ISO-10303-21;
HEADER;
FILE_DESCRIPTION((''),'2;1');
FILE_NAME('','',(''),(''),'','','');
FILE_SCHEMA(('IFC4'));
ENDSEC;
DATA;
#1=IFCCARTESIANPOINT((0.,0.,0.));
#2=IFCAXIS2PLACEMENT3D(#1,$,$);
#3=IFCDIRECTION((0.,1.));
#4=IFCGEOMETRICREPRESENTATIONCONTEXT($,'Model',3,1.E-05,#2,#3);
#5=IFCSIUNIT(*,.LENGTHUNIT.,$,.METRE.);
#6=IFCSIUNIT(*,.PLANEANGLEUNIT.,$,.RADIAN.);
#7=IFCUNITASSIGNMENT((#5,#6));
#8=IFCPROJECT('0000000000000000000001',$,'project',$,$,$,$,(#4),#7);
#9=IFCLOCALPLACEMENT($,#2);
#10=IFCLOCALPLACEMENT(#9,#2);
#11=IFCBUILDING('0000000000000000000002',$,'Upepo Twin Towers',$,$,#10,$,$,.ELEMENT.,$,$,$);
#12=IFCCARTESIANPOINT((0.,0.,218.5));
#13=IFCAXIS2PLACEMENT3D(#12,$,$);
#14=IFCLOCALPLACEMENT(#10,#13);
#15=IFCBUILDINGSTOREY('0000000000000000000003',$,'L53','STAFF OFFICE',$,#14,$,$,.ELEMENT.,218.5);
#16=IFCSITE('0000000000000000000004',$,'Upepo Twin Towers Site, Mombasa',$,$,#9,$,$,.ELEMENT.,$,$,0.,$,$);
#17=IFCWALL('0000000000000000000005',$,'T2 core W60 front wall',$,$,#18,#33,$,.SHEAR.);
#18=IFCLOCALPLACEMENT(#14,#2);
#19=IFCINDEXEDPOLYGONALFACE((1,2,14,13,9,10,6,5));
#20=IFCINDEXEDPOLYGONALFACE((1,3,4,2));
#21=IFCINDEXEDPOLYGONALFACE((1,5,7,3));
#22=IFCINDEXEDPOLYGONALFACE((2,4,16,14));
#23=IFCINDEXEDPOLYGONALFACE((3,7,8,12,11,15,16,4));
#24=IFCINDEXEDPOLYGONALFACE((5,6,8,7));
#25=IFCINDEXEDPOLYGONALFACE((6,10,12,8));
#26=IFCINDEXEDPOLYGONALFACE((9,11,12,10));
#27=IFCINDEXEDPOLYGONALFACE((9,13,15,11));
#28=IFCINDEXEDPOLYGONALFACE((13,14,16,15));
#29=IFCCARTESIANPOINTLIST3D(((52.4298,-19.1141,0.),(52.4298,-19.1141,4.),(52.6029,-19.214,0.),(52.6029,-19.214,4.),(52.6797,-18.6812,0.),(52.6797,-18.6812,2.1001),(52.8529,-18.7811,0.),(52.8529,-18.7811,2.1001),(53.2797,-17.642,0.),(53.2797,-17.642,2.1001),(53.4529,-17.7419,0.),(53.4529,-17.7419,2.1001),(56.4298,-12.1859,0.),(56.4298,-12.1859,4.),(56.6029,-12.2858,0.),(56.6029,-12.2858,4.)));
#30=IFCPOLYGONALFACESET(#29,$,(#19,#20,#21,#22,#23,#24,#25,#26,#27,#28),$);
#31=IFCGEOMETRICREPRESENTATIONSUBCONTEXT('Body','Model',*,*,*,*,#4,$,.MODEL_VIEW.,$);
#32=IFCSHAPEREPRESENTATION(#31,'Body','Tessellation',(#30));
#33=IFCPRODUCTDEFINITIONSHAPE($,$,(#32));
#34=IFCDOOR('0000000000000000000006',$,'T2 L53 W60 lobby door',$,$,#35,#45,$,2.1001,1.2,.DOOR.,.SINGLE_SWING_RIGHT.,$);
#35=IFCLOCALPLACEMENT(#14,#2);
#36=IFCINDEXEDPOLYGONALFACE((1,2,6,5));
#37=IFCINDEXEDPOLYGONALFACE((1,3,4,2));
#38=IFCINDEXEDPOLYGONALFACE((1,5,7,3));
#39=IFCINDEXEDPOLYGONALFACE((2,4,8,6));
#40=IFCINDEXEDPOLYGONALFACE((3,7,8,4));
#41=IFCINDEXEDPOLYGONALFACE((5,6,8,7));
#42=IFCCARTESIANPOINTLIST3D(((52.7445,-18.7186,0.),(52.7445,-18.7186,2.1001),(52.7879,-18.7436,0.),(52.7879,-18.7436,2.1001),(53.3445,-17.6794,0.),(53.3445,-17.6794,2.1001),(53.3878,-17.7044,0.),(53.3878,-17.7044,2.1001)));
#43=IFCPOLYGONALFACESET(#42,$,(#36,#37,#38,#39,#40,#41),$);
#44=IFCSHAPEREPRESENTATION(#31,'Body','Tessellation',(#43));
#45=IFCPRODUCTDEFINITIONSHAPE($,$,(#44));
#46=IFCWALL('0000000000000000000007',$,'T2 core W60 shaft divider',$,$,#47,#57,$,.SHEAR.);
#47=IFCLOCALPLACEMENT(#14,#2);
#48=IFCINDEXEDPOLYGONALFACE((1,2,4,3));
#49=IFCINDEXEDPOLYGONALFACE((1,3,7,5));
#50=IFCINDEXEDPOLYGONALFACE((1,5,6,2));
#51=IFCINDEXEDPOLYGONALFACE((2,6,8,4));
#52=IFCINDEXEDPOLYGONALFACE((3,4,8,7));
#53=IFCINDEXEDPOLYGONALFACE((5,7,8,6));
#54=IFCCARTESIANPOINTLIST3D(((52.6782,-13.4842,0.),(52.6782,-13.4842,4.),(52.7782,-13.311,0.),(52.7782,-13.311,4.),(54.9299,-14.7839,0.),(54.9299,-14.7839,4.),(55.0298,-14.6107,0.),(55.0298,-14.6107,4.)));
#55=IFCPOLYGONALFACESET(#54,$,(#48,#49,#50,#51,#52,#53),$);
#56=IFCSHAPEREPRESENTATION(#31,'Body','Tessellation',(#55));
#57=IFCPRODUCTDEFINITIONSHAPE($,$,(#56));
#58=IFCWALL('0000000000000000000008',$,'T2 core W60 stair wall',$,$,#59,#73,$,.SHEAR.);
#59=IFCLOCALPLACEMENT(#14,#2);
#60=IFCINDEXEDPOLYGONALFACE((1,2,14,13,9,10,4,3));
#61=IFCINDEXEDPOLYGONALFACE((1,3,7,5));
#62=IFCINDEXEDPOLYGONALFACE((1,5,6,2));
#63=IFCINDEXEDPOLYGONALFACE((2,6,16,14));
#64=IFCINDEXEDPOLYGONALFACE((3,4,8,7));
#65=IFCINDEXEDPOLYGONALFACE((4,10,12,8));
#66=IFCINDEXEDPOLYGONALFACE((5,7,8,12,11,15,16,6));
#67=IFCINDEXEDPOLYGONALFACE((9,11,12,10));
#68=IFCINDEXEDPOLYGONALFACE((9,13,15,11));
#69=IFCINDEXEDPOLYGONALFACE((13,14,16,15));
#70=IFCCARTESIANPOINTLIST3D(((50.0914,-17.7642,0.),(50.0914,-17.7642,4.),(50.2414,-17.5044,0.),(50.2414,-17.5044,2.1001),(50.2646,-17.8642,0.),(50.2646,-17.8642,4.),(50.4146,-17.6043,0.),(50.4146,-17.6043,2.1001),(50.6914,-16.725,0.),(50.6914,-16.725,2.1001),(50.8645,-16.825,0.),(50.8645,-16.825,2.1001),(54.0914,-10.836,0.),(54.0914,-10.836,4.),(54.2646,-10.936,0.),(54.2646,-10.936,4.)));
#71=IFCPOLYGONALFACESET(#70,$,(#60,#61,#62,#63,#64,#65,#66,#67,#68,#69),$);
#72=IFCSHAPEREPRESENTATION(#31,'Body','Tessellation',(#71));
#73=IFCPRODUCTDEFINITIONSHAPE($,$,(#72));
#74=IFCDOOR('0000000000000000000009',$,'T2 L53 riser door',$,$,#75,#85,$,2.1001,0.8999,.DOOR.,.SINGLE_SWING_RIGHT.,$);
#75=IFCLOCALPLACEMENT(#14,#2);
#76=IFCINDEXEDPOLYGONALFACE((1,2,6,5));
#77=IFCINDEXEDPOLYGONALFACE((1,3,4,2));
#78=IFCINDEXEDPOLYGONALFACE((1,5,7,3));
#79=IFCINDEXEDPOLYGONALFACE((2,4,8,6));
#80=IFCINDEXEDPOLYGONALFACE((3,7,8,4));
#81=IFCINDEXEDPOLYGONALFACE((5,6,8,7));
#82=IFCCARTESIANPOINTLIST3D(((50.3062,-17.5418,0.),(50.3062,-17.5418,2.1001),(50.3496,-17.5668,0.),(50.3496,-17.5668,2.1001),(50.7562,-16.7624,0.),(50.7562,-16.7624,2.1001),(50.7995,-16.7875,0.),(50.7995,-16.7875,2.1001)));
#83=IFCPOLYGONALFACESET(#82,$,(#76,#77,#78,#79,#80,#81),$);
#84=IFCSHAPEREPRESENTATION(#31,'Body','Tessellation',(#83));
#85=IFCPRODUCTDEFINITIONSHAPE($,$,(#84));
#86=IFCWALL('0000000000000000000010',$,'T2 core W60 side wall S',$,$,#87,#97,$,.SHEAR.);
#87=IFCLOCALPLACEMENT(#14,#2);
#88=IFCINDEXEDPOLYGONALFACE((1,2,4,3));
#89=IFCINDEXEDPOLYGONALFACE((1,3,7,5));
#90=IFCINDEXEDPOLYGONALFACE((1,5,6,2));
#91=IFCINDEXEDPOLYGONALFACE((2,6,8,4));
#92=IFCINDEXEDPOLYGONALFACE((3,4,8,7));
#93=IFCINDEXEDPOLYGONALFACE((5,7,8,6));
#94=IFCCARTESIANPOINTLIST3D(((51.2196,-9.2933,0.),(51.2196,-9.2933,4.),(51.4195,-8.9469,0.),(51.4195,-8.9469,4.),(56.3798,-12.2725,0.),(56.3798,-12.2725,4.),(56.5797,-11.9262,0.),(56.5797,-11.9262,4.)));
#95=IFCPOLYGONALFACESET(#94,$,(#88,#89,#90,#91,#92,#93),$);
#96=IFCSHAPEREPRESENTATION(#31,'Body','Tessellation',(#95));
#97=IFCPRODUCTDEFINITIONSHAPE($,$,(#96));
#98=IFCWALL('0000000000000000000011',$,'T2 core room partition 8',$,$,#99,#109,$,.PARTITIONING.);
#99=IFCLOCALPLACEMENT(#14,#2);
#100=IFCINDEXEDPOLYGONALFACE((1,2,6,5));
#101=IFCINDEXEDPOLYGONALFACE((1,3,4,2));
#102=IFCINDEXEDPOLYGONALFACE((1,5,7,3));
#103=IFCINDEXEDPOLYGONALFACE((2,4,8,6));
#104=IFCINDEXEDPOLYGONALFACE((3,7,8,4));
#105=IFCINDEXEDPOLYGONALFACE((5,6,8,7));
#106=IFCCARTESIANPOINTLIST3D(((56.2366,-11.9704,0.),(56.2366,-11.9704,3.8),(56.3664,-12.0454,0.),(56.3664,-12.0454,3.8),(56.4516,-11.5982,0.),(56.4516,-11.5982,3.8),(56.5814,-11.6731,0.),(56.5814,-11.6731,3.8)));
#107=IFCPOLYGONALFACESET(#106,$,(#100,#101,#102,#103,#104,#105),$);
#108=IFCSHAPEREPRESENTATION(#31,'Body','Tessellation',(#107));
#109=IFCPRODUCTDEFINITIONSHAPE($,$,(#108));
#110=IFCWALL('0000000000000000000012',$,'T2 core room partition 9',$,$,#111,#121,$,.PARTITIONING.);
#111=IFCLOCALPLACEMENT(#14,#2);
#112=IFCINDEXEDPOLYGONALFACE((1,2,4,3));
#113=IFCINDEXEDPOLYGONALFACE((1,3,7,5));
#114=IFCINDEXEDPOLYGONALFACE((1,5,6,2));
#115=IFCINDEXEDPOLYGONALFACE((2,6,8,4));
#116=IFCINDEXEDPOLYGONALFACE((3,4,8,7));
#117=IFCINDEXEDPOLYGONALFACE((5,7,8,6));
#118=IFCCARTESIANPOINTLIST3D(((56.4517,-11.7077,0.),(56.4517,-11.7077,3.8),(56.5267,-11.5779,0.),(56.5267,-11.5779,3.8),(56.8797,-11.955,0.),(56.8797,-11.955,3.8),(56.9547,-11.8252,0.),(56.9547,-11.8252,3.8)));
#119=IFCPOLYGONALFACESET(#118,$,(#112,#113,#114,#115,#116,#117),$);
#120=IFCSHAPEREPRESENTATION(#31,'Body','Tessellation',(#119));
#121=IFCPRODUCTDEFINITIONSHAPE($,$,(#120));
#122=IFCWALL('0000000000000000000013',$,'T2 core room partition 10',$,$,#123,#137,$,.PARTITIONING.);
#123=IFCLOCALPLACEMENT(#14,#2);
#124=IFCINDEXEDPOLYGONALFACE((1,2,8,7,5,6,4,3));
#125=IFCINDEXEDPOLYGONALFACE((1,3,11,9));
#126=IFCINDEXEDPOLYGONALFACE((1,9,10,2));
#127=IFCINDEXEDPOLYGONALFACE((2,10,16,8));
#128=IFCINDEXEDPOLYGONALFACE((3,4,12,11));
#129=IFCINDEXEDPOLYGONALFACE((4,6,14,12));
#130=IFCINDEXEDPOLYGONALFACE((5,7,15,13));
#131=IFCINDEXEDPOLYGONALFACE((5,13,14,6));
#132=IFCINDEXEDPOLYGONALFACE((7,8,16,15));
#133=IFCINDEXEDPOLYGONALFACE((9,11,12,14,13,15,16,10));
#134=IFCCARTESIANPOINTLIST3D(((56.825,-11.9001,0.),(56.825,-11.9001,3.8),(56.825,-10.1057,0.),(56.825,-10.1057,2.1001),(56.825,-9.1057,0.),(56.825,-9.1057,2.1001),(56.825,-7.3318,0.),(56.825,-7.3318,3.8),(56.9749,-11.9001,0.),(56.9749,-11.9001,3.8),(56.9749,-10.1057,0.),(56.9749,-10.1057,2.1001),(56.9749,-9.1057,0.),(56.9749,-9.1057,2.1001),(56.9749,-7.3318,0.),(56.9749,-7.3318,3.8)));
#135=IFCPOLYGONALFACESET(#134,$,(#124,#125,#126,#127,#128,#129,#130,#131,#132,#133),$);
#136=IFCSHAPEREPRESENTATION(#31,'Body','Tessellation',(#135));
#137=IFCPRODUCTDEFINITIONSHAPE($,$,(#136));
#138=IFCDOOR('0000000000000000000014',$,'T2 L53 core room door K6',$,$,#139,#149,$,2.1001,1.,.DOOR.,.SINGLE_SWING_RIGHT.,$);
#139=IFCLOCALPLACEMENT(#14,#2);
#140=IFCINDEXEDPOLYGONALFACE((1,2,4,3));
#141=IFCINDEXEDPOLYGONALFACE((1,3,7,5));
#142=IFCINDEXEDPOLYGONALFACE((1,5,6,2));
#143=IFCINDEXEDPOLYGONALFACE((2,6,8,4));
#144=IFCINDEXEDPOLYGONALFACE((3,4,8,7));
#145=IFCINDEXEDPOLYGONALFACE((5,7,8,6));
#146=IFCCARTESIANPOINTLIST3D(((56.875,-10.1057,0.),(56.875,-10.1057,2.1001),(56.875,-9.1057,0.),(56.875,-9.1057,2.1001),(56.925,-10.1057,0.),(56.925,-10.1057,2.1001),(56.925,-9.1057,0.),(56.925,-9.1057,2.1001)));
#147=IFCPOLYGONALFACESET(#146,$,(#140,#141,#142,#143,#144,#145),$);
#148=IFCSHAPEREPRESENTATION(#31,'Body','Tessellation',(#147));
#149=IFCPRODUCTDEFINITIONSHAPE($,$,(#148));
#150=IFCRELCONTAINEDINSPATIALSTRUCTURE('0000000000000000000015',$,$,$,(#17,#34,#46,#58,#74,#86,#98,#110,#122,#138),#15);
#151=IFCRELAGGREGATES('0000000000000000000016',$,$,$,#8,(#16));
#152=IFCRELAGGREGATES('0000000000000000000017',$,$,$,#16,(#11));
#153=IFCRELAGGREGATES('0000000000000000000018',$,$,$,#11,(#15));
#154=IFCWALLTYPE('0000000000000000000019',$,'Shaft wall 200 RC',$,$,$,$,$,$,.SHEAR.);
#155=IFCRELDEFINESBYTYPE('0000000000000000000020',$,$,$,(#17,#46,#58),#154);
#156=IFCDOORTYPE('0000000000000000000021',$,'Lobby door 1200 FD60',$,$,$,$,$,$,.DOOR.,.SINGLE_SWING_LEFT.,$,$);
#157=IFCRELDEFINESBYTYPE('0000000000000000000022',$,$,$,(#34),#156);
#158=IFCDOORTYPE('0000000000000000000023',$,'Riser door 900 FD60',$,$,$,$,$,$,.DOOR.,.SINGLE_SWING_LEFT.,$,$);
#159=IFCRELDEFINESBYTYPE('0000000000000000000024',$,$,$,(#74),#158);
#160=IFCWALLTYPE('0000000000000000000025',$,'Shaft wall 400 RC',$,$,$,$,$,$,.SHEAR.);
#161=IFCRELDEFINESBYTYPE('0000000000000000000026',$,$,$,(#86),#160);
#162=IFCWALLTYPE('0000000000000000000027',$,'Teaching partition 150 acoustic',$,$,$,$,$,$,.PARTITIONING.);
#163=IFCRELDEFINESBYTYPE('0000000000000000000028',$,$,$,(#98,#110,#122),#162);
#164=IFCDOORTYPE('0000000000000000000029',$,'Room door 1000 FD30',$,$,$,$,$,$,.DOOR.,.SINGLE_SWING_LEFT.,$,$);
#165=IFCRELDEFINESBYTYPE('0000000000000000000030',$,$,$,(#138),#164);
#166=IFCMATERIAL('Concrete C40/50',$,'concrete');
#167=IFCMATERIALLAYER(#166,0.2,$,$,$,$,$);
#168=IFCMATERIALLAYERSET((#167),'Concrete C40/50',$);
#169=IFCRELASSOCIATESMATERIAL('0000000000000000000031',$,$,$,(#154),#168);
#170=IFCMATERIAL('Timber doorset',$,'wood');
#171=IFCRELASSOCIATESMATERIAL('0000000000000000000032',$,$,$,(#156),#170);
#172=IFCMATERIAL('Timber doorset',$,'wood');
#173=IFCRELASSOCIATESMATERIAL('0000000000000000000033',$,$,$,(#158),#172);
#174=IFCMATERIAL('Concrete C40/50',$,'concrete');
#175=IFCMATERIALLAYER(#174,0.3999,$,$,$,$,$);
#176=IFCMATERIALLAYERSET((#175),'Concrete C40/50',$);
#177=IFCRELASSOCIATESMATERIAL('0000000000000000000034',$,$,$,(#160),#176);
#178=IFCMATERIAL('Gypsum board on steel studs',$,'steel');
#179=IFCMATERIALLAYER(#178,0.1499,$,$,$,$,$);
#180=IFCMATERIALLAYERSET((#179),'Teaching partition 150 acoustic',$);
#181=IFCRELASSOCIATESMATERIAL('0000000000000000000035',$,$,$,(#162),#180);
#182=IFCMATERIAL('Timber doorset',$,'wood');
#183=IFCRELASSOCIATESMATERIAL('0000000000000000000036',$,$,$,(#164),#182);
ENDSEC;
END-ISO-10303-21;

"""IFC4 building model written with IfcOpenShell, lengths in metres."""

from ifc_helpers import new_model, si_unit, direction, frame, frame_2d, origin, place, context, subcontext, project, spatial, rectangle, extrude, material, layer, layer_set, type_object, element, fill, save


model = new_model("IFC4")

# Units and contexts
model_context = context("Model", 3, precision=1e-05, world=origin(), true_north=direction((0.0, 1.0)))
body_context = subcontext(model_context, "Body", "Model", "MODEL_VIEW")
ifc_project = project(units=[si_unit("LENGTHUNIT", "METRE"), si_unit("PLANEANGLEUNIT", "RADIAN")], contexts=[model_context])

# Site, building, storey
site_placement = place(None, origin())
site = spatial("IfcSite", under=ifc_project, at=site_placement, Name="Upepo Twin Towers Site, Mombasa", CompositionType="ELEMENT", RefElevation=0.0)
building_placement = place(site_placement, origin())
building = spatial("IfcBuilding", under=site, at=building_placement, Name="Upepo Twin Towers", CompositionType="ELEMENT")
storey_placement = place(building_placement, frame((0.0, 0.0, 218.5)))
storey = spatial("IfcBuildingStorey", under=building, at=storey_placement, Name="L53", Description="STAFF OFFICE", CompositionType="ELEMENT", Elevation=218.5)

# Wall, opening, door
ifc_material_1 = material(Name="Concrete C40/50", Category="concrete")
ifc_layer_1 = layer(ifc_material_1, 0.2)
ifc_layer_set_1 = layer_set([ifc_layer_1], Name="Concrete C40/50")
wall_type_1 = type_object("IfcWallType", Name="Shaft wall 200 RC", PredefinedType="SHEAR", material=ifc_layer_set_1)
wall_1_placement = place(storey_placement, frame((56.5164, -12.2358, 0.0), z_axis=(0.0, 0.0, 1.0), x_axis=(-0.499999, -0.866026, 0.0)))
wall_1 = element("IfcWall", 1, at=wall_1_placement, inside=storey, type_object=wall_type_1, Name="T2 core W60 front wall", PredefinedType="SHEAR", context=body_context, shape_type="SweptSolid", body=[
    extrude(rectangle(XDim=8.0, YDim=0.2, at=frame_2d((4.0, 0.0))), origin(), (0.0, 0.0, 1.0), 4.0),
])
opening_1_placement = place(wall_1_placement, frame((6.3, 0.0, 0.0)))
opening_1 = element("IfcOpeningElement", 2, at=opening_1_placement, cuts=wall_1, PredefinedType="OPENING", context=body_context, shape_type="SweptSolid", body=[
    extrude(rectangle(XDim=1.2, YDim=2.1001, at=frame_2d((0.6001, 1.05))), frame((0.0, 0.1099, 0.0), z_axis=(0.0, -1.0, 0.0), x_axis=(1.0, 0.0, 0.0)), (0.0, 0.0, 1.0), 0.22),
])
ifc_material_2 = material(Name="Timber doorset", Category="wood")
door_type_1 = type_object("IfcDoorType", Name="Lobby door 1200 FD60", OperationType="SINGLE_SWING_LEFT", PredefinedType="DOOR", material=ifc_material_2)
door_1_placement = place(opening_1_placement, origin())
door_1 = element("IfcDoor", 3, at=door_1_placement, inside=storey, type_object=door_type_1, Name="T2 L53 W60 lobby door", OperationType="SINGLE_SWING_RIGHT", OverallHeight=2.1001, OverallWidth=1.2, PredefinedType="DOOR", context=body_context, shape_type="SweptSolid", body=[
    extrude(rectangle(XDim=1.2, YDim=2.1001, at=frame_2d((0.6001, 1.05))), frame((0.0, 0.0249, 0.0), z_axis=(0.0, -1.0, 0.0), x_axis=(1.0, 0.0, 0.0)), (0.0, 0.0, 1.0), 0.05),
])
fill(opening_1, door_1)

# Wall
wall_2_placement = place(storey_placement, frame((54.9797, -14.6973, 0.0), z_axis=(0.0, 0.0, 1.0), x_axis=(-0.866062, 0.499937, 0.0)))
element("IfcWall", 4, at=wall_2_placement, inside=storey, type_object=wall_type_1, Name="T2 core W60 shaft divider", PredefinedType="SHEAR", context=body_context, shape_type="SweptSolid", body=[
    extrude(rectangle(XDim=2.5999, YDim=0.2, at=frame_2d((1.2998, 0.0))), origin(), (0.0, 0.0, 1.0), 4.0),
])

# Wall, opening, door
wall_3_placement = place(storey_placement, frame((54.178, -10.886, 0.0), z_axis=(0.0, 0.0, 1.0), x_axis=(-0.499999, -0.866026, 0.0)))
wall_3 = element("IfcWall", 5, at=wall_3_placement, inside=storey, type_object=wall_type_1, Name="T2 core W60 stair wall", PredefinedType="SHEAR", context=body_context, shape_type="SweptSolid", body=[
    extrude(rectangle(XDim=8.0, YDim=0.2, at=frame_2d((4.0, 0.0))), origin(), (0.0, 0.0, 1.0), 4.0),
])
opening_2_placement = place(wall_3_placement, frame((6.8, 0.0, 0.0)))
opening_2 = element("IfcOpeningElement", 6, at=opening_2_placement, cuts=wall_3, PredefinedType="OPENING", context=body_context, shape_type="SweptSolid", body=[
    extrude(rectangle(XDim=0.8999, YDim=2.1001, at=frame_2d((0.45, 1.05))), frame((0.0, 0.1099, 0.0), z_axis=(0.0, -1.0, 0.0), x_axis=(1.0, 0.0, 0.0)), (0.0, 0.0, 1.0), 0.22),
])
ifc_material_3 = material(Name="Timber doorset", Category="wood")
door_type_2 = type_object("IfcDoorType", Name="Riser door 900 FD60", OperationType="SINGLE_SWING_LEFT", PredefinedType="DOOR", material=ifc_material_3)
door_2_placement = place(opening_2_placement, origin())
door_2 = element("IfcDoor", 7, at=door_2_placement, inside=storey, type_object=door_type_2, Name="T2 L53 riser door", OperationType="SINGLE_SWING_RIGHT", OverallHeight=2.1001, OverallWidth=0.8999, PredefinedType="DOOR", context=body_context, shape_type="SweptSolid", body=[
    extrude(rectangle(XDim=0.8999, YDim=2.1001, at=frame_2d((0.45, 1.05))), frame((0.0, 0.0249, 0.0), z_axis=(0.0, -1.0, 0.0), x_axis=(1.0, 0.0, 0.0)), (0.0, 0.0, 1.0), 0.05),
])
fill(opening_2, door_2)

# Walls
ifc_material_4 = material(Name="Concrete C40/50", Category="concrete")
ifc_layer_2 = layer(ifc_material_4, 0.3999)
ifc_layer_set_2 = layer_set([ifc_layer_2], Name="Concrete C40/50")
wall_type_2 = type_object("IfcWallType", Name="Shaft wall 400 RC", PredefinedType="SHEAR", material=ifc_layer_set_2)
wall_4_placement = place(storey_placement, frame((56.4797, -12.0994, 0.0), z_axis=(0.0, 0.0, 1.0), x_axis=(-0.866023, 0.500004, 0.0)))
element("IfcWall", 8, at=wall_4_placement, inside=storey, type_object=wall_type_2, Name="T2 core W60 side wall S", PredefinedType="SHEAR", context=body_context, shape_type="SweptSolid", body=[
    extrude(rectangle(XDim=5.9585, YDim=0.3999, at=frame_2d((2.9792, 0.0))), origin(), (0.0, 0.0, 1.0), 4.0),
])
ifc_material_5 = material(Name="Gypsum board on steel studs", Category="steel")
ifc_layer_3 = layer(ifc_material_5, 0.1499)
ifc_layer_set_3 = layer_set([ifc_layer_3], Name="Teaching partition 150 acoustic")
wall_type_3 = type_object("IfcWallType", Name="Teaching partition 150 acoustic", PredefinedType="PARTITIONING", material=ifc_layer_set_3)
wall_5_placement = place(storey_placement, frame((56.3015, -12.0078, 0.0), z_axis=(0.0, 0.0, 1.0), x_axis=(0.50023, 0.865892, 0.0)))
element("IfcWall", 9, at=wall_5_placement, inside=storey, type_object=wall_type_3, Name="T2 core room partition 8", PredefinedType="PARTITIONING", context=body_context, shape_type="SweptSolid", body=[
    extrude(rectangle(XDim=0.4299, YDim=0.1499, at=frame_2d((0.2148, 0.0))), origin(), (0.0, 0.0, 1.0), 3.8),
])
wall_6_placement = place(storey_placement, frame((56.4893, -11.6428, 0.0), z_axis=(0.0, 0.0, 1.0), x_axis=(0.865832, -0.500335, 0.0)))
element("IfcWall", 10, at=wall_6_placement, inside=storey, type_object=wall_type_3, Name="T2 core room partition 9", PredefinedType="PARTITIONING", context=body_context, shape_type="SweptSolid", body=[
    extrude(rectangle(XDim=0.4944, YDim=0.1499, at=frame_2d((0.2471, 0.0))), origin(), (0.0, 0.0, 1.0), 3.8),
])

# Wall, opening, door
wall_7_placement = place(storey_placement, frame((56.8999, -11.9001, 0.0), z_axis=(0.0, 0.0, 1.0), x_axis=(0.0, 1.0, 0.0)))
wall_7 = element("IfcWall", 11, at=wall_7_placement, inside=storey, type_object=wall_type_3, Name="T2 core room partition 10", PredefinedType="PARTITIONING", context=body_context, shape_type="SweptSolid", body=[
    extrude(rectangle(XDim=4.5684, YDim=0.1499, at=frame_2d((2.2842, 0.0))), origin(), (0.0, 0.0, 1.0), 3.8),
])
opening_3_placement = place(wall_7_placement, frame((1.7944, 0.0, 0.0)))
opening_3 = element("IfcOpeningElement", 12, at=opening_3_placement, cuts=wall_7, PredefinedType="OPENING", context=body_context, shape_type="SweptSolid", body=[
    extrude(rectangle(XDim=1.0, YDim=2.1001, at=frame_2d((0.5, 1.05))), frame((0.0, 0.085, 0.0), z_axis=(0.0, -1.0, 0.0), x_axis=(1.0, 0.0, 0.0)), (0.0, 0.0, 1.0), 0.1699),
])
ifc_material_6 = material(Name="Timber doorset", Category="wood")
door_type_3 = type_object("IfcDoorType", Name="Room door 1000 FD30", OperationType="SINGLE_SWING_LEFT", PredefinedType="DOOR", material=ifc_material_6)
door_3_placement = place(opening_3_placement, origin())
door_3 = element("IfcDoor", 13, at=door_3_placement, inside=storey, type_object=door_type_3, Name="T2 L53 core room door K6", OperationType="SINGLE_SWING_RIGHT", OverallHeight=2.1001, OverallWidth=1.0, PredefinedType="DOOR", context=body_context, shape_type="SweptSolid", body=[
    extrude(rectangle(XDim=1.0, YDim=2.1001, at=frame_2d((0.5, 1.05))), frame((0.0, 0.0249, 0.0), z_axis=(0.0, -1.0, 0.0), x_axis=(1.0, 0.0, 0.0)), (0.0, 0.0, 1.0), 0.05),
])
fill(opening_3, door_3)

save(model, "model.ifc")
